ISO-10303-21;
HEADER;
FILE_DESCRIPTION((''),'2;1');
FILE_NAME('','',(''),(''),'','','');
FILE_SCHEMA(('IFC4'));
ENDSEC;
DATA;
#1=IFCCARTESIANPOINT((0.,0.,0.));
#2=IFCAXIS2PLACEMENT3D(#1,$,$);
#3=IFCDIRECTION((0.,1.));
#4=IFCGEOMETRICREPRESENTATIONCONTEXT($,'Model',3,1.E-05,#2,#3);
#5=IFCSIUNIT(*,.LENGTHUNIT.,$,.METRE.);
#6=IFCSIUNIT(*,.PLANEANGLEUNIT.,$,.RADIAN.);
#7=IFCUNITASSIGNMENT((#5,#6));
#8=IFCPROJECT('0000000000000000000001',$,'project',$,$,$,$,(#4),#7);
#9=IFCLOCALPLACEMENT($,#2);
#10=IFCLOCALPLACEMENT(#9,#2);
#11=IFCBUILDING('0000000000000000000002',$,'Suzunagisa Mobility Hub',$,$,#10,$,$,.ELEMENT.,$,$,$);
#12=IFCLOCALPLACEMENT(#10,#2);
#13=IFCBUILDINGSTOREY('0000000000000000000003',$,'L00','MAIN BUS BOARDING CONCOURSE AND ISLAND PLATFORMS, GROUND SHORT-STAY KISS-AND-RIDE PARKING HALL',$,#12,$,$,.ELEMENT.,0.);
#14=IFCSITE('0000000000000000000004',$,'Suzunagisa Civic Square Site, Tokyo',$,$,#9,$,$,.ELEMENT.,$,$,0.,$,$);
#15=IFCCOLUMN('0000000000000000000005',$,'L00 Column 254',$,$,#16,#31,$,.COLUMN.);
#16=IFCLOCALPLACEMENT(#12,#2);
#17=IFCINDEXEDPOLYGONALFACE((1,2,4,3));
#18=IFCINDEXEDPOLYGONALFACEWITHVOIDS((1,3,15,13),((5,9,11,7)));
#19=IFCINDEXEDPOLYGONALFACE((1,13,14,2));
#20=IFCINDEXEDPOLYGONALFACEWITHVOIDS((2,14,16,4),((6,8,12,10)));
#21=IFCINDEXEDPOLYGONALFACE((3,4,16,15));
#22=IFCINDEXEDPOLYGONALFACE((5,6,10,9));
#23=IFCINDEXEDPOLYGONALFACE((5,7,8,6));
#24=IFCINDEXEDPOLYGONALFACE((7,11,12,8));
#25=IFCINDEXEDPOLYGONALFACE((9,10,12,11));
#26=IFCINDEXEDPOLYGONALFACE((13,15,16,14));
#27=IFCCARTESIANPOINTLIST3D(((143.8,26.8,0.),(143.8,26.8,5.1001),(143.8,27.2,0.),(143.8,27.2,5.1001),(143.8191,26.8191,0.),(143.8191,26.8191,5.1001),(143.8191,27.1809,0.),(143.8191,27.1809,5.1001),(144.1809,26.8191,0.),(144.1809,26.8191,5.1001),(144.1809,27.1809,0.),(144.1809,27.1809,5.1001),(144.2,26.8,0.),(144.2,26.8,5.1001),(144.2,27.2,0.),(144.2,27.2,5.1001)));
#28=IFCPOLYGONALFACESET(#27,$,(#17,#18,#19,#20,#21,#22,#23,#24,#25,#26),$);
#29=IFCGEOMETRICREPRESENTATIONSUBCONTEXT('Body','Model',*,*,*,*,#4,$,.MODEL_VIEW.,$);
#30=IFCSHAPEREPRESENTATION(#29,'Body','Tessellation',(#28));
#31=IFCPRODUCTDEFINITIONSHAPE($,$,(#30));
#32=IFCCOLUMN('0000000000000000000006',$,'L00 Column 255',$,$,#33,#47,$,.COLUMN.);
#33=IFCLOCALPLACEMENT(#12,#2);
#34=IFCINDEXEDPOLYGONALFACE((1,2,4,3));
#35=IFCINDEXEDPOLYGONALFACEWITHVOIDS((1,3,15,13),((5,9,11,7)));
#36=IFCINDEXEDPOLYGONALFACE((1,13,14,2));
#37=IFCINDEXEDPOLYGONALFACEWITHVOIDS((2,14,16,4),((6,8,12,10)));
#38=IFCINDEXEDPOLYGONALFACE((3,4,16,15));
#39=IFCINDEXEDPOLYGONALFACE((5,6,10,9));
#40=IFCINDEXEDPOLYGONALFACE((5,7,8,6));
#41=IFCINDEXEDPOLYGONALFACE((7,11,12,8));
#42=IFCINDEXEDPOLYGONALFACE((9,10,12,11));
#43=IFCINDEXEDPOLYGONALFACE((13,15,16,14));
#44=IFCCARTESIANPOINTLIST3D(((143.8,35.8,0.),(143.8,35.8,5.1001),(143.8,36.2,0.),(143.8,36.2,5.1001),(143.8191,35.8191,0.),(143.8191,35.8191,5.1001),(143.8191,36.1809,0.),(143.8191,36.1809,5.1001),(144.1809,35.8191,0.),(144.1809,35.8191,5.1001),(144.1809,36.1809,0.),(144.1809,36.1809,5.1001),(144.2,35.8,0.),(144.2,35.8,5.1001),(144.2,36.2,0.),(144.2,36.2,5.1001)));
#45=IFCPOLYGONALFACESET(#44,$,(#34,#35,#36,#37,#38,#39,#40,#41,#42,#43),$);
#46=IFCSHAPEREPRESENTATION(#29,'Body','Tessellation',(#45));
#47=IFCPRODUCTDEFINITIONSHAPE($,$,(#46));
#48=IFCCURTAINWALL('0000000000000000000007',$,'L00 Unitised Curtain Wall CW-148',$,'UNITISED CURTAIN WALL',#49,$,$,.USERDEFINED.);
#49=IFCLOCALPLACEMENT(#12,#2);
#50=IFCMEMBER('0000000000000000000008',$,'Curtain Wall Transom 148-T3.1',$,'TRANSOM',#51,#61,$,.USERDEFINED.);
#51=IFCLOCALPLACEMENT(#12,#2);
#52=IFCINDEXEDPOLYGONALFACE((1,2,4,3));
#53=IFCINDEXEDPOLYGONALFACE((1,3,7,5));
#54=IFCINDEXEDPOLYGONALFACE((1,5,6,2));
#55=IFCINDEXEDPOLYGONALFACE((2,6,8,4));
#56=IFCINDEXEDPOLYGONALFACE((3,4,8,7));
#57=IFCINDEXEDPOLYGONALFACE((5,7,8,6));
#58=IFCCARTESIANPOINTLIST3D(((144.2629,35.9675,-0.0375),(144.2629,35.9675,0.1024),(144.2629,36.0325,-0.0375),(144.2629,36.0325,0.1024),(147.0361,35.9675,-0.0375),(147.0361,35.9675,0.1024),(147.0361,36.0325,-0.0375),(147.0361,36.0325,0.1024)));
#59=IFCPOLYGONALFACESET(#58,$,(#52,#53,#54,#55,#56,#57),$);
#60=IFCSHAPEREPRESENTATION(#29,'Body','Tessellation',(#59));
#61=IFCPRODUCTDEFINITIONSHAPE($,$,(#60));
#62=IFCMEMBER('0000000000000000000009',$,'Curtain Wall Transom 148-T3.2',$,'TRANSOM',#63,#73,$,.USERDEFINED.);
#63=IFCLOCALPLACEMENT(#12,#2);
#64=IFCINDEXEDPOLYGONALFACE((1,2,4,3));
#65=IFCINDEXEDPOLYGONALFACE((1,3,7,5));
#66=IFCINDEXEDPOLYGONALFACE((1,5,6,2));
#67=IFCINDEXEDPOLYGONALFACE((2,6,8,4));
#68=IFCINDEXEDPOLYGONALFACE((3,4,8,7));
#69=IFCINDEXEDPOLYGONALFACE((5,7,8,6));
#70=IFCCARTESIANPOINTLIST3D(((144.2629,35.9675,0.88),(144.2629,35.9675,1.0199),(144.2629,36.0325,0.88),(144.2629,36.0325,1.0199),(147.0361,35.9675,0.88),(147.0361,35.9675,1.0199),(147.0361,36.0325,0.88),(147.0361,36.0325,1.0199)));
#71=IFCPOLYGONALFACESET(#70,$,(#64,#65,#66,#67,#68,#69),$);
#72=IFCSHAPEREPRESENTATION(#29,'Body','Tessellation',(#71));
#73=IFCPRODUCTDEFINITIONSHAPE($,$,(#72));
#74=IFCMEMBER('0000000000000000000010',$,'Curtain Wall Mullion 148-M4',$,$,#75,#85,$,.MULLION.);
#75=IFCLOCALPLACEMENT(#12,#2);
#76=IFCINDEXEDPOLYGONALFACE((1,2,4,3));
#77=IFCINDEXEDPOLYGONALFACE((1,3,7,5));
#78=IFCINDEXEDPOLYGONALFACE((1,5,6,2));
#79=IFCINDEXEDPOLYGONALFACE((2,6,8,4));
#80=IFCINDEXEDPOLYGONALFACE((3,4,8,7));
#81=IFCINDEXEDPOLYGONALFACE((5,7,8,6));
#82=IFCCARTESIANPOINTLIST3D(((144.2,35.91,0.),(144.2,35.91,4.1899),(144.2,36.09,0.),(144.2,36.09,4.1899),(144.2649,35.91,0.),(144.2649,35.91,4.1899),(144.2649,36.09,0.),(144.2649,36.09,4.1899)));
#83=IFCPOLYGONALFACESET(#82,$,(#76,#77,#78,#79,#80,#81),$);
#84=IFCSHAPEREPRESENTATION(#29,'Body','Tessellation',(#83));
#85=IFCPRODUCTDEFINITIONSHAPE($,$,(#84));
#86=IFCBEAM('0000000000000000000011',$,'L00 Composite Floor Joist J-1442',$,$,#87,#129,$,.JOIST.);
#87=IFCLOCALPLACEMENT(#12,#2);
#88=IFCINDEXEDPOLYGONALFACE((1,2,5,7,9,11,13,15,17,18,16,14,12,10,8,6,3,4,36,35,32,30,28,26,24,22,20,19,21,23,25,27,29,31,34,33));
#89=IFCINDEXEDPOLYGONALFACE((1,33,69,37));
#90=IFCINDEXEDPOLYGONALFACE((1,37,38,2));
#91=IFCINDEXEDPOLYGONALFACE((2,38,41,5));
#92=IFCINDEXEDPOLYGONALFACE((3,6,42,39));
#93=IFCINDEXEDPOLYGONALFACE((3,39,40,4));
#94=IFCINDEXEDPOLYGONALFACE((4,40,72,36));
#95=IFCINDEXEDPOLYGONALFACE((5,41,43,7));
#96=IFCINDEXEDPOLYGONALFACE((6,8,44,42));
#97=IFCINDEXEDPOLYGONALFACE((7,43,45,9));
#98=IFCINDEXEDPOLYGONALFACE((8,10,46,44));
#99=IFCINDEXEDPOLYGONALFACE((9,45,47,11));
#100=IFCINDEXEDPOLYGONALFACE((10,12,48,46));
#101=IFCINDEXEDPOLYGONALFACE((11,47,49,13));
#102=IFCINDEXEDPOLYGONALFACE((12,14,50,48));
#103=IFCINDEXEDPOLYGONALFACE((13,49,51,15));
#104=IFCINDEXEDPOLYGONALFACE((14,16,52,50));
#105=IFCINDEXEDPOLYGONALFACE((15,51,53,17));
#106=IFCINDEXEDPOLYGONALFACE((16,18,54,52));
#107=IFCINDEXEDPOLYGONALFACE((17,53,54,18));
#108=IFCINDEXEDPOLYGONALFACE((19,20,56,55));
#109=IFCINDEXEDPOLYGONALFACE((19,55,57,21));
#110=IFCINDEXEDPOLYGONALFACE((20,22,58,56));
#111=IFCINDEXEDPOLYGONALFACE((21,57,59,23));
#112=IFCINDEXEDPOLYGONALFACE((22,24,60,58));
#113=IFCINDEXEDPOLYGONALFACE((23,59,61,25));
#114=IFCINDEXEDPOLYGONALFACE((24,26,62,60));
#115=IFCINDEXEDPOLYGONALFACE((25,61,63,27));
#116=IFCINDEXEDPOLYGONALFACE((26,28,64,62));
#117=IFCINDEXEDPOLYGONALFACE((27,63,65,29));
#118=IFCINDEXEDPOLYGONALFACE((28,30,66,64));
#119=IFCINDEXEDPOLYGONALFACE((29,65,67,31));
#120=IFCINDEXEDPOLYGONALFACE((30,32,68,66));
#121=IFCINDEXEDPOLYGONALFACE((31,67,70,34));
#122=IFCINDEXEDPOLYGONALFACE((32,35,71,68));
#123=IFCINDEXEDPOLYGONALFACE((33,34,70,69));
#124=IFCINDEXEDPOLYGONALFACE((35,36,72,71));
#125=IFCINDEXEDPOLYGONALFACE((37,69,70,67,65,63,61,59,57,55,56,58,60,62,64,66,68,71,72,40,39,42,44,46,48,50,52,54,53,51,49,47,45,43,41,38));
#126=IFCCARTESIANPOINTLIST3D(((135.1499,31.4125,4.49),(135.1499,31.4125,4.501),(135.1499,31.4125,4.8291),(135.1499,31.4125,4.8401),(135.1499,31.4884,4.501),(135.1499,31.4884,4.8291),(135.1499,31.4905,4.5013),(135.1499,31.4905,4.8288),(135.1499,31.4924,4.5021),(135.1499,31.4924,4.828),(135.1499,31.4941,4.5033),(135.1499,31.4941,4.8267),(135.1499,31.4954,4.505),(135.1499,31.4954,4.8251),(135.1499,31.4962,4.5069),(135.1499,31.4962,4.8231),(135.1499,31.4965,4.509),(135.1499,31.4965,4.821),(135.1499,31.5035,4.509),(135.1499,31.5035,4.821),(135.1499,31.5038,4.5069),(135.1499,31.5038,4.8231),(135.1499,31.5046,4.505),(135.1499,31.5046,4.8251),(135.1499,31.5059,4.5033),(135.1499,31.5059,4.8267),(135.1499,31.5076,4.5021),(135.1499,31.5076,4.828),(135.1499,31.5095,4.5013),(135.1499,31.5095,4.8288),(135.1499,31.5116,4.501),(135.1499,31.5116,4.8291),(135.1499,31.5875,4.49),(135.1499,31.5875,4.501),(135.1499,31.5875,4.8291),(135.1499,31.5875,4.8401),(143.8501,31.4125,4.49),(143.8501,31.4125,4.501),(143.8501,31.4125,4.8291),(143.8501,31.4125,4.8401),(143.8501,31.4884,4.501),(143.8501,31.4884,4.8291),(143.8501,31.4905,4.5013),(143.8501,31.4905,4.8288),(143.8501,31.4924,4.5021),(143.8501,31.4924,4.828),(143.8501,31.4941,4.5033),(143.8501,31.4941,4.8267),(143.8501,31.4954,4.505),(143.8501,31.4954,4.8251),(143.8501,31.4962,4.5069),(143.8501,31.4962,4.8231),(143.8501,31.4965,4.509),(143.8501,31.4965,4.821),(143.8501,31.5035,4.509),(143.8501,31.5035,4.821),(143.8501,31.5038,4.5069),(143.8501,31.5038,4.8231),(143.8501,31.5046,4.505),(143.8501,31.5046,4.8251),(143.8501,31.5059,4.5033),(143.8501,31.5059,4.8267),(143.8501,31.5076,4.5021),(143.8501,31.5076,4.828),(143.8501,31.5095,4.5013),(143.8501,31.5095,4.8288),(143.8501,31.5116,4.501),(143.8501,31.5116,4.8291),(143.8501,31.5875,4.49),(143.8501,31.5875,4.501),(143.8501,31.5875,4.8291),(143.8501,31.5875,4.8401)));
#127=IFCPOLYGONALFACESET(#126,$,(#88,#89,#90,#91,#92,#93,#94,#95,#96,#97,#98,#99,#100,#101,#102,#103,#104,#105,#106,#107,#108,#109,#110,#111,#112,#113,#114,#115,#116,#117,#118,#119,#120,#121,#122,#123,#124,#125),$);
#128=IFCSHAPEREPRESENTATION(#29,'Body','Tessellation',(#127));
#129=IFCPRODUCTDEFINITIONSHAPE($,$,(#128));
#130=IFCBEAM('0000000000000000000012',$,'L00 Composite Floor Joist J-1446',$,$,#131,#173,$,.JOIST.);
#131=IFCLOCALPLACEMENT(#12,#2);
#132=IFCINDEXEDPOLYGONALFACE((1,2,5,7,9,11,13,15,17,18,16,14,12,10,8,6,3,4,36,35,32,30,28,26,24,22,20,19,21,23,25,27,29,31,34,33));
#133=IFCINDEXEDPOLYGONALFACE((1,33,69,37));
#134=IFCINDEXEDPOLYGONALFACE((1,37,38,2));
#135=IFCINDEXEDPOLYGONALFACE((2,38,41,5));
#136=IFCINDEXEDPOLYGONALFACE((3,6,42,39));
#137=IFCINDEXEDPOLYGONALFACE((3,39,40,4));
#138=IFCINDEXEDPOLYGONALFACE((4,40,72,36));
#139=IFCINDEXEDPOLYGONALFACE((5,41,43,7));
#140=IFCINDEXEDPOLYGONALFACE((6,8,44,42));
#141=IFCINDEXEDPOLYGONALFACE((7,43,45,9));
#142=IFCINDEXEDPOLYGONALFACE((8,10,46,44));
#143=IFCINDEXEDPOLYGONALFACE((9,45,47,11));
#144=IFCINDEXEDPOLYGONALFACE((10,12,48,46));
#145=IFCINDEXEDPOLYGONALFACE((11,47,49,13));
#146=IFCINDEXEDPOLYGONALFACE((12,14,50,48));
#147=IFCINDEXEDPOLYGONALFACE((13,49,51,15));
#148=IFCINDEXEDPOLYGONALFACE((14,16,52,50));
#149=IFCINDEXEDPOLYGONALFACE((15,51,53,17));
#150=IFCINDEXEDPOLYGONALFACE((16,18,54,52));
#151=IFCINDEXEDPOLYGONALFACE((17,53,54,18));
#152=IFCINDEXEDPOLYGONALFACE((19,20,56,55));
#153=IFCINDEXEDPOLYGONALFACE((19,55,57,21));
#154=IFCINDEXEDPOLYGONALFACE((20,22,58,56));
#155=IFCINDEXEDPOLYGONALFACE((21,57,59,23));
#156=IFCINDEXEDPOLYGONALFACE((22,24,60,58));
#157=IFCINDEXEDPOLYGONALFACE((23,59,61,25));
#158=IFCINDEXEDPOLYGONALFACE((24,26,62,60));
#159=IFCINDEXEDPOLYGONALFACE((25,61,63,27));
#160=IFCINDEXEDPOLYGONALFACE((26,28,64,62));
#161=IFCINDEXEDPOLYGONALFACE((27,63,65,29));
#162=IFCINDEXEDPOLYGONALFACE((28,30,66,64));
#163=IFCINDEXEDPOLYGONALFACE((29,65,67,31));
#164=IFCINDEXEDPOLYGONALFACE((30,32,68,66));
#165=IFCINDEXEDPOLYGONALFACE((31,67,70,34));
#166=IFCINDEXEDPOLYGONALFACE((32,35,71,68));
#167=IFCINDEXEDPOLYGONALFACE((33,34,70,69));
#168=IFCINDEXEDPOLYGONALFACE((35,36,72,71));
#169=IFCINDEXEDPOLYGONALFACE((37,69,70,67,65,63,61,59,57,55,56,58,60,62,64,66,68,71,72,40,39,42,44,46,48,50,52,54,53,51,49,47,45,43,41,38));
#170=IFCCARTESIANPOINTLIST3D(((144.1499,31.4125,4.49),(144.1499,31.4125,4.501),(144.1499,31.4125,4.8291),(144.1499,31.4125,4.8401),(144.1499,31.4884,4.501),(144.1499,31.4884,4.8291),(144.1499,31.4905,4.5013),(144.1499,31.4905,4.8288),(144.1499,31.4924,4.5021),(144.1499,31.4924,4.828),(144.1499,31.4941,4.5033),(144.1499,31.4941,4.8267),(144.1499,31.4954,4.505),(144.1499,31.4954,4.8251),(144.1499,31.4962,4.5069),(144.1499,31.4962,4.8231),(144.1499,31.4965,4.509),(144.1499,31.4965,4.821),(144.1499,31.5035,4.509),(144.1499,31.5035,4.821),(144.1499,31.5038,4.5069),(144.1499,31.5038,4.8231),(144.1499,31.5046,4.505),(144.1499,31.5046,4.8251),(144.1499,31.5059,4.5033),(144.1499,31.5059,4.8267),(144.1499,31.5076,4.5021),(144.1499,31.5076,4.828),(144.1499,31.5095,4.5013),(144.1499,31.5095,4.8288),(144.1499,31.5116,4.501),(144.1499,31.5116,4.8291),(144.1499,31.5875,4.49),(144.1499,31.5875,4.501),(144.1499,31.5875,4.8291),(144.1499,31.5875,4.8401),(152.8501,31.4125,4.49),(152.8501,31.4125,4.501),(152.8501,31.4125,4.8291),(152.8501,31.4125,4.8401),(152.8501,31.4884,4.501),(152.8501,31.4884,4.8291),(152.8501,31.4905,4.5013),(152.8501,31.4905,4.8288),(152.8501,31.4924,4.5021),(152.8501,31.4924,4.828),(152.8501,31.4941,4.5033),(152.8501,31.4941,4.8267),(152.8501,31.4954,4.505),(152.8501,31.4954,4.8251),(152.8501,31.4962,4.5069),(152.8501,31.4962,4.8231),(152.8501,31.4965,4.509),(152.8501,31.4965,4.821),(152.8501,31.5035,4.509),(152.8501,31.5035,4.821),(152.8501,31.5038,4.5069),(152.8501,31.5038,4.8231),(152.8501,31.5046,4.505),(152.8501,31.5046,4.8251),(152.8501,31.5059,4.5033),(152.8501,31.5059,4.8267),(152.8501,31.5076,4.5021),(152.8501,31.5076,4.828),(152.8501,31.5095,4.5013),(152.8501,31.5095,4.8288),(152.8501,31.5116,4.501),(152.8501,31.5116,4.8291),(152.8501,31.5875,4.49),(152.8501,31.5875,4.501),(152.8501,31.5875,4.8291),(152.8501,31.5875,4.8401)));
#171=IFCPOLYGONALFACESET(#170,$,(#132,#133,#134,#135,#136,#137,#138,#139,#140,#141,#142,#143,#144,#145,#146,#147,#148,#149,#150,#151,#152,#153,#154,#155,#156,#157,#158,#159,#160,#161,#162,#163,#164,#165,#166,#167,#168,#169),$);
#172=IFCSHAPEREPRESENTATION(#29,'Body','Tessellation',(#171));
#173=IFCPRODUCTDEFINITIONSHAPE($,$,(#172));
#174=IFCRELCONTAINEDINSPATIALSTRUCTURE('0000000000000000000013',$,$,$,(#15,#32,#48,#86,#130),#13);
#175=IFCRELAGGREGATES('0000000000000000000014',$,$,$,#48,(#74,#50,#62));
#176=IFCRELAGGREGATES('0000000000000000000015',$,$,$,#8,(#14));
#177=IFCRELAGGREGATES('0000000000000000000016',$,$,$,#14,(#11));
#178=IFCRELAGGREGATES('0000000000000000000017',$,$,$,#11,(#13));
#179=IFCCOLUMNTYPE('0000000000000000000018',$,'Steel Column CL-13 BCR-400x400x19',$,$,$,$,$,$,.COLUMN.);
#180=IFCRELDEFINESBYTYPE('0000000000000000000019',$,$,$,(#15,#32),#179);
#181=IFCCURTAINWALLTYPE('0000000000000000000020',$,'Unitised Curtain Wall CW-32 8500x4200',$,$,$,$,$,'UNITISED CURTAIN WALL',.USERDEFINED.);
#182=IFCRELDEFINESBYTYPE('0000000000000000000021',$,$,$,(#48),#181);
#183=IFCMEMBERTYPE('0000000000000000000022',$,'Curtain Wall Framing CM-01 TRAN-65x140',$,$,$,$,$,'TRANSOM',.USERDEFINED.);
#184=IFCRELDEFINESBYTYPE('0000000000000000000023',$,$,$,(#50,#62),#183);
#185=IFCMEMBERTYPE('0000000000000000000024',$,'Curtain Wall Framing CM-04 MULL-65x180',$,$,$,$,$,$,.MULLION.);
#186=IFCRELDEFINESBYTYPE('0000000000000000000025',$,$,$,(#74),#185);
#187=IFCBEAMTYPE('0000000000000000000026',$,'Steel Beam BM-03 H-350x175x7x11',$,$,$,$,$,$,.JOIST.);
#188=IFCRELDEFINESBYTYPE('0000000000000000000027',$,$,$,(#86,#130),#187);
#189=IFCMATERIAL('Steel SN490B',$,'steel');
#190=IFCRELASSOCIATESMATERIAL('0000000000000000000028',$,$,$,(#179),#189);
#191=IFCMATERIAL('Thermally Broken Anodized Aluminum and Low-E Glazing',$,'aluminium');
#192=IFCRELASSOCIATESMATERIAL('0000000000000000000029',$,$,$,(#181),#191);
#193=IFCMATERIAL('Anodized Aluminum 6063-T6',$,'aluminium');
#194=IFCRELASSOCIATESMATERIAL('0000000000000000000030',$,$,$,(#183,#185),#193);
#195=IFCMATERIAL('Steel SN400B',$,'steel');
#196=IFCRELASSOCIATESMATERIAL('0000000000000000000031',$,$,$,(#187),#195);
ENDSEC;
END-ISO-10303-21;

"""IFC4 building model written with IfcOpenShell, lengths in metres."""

from ifc_helpers import new_model, si_unit, direction, frame, origin, origin_2d, place, context, subcontext, project, spatial, rectangle, hollow_rectangle, i_section, extrude, material, material_profile, profile_set, type_object, element, aggregate, save


model = new_model("IFC4")

# Units and contexts
model_context = context("Model", 3, precision=1e-05, world=origin(), true_north=direction((0.0, 1.0)))
body_context = subcontext(model_context, "Body", "Model", "MODEL_VIEW")
ifc_project = project(units=[si_unit("LENGTHUNIT", "METRE"), si_unit("PLANEANGLEUNIT", "RADIAN")], contexts=[model_context])

# Site, building, storey
site_placement = place(None, origin())
site = spatial("IfcSite", under=ifc_project, at=site_placement, Name="Suzunagisa Civic Square Site, Tokyo", CompositionType="ELEMENT", RefElevation=0.0)
building_placement = place(site_placement, origin())
building = spatial("IfcBuilding", under=site, at=building_placement, Name="Suzunagisa Mobility Hub", CompositionType="ELEMENT")
storey_placement = place(building_placement, origin())
storey = spatial("IfcBuildingStorey", under=building, at=storey_placement, Name="L00", Description="MAIN BUS BOARDING CONCOURSE AND ISLAND PLATFORMS, GROUND SHORT-STAY KISS-AND-RIDE PARKING HALL", CompositionType="ELEMENT", Elevation=0.0)

# Columns
ifc_material_1 = material(Name="Steel SN490B", Category="steel")
ifc_material_profile_1 = material_profile(ifc_material_1, hollow_rectangle(XDim=0.3999, YDim=0.3999, WallThickness=0.019, at=origin_2d()), Name="BCR-400x400x19")
ifc_profile_set_1 = profile_set([ifc_material_profile_1], Name="Steel SN490B")
column_type = type_object("IfcColumnType", Name="Steel Column CL-13 BCR-400x400x19", PredefinedType="COLUMN", material=ifc_profile_set_1)
for number, where, z_axis, x_axis, name in (
    (1, (144.0, 27.0, 0.0), (0.0, 0.0, 1.0), (1.0, 0.0, 0.0), "L00 Column 254"),
    (2, (144.0, 36.0, 0.0), (0.0, 0.0, 1.0), (1.0, 0.0, 0.0), "L00 Column 255"),
):
    element("IfcColumn", number, at=place(storey_placement, frame(where, z_axis=z_axis, x_axis=x_axis)), inside=storey, type_object=column_type, Name=name, PredefinedType="COLUMN", context=body_context, shape_type="SweptSolid", body=[
        extrude(hollow_rectangle(XDim=0.3999, YDim=0.3999, WallThickness=0.019, at=origin_2d()), origin(), (0.0, 0.0, 1.0), 5.1001),
    ])

# Curtain wall, members
ifc_material_2 = material(Name="Thermally Broken Anodized Aluminum and Low-E Glazing", Category="aluminium")
curtain_wall_type = type_object("IfcCurtainWallType", Name="Unitised Curtain Wall CW-32 8500x4200", ElementType="UNITISED CURTAIN WALL", PredefinedType="USERDEFINED", material=ifc_material_2)
curtain_wall_placement = place(storey_placement, origin())
curtain_wall = element("IfcCurtainWall", 3, at=curtain_wall_placement, inside=storey, type_object=curtain_wall_type, Name="L00 Unitised Curtain Wall CW-148", ObjectType="UNITISED CURTAIN WALL", PredefinedType="USERDEFINED")
ifc_material_3 = material(Name="Anodized Aluminum 6063-T6", Category="aluminium")
ifc_material_profile_2 = material_profile(ifc_material_3, rectangle(XDim=0.0649, YDim=0.1399, at=origin_2d()), Name="TRAN-65x140")
ifc_profile_set_2 = profile_set([ifc_material_profile_2], Name="Anodized Aluminum 6063-T6")
member_type_1 = type_object("IfcMemberType", Name="Curtain Wall Framing CM-01 TRAN-65x140", ElementType="TRANSOM", PredefinedType="USERDEFINED", material=ifc_profile_set_2)
member_1_placement = place(storey_placement, frame((147.0361, 36.0, 0.0325), z_axis=(-1.0, 0.0, 0.0), x_axis=(0.0, -1.0, 0.0)))
member_1 = element("IfcMember", 4, at=member_1_placement, type_object=member_type_1, Name="Curtain Wall Transom 148-T3.1", ObjectType="TRANSOM", PredefinedType="USERDEFINED", context=body_context, shape_type="SweptSolid", body=[
    extrude(rectangle(XDim=0.0649, YDim=0.1399, at=origin_2d()), origin(), (0.0, 0.0, 1.0), 2.7732),
])
member_2_placement = place(storey_placement, frame((147.0361, 36.0, 0.95), z_axis=(-1.0, 0.0, 0.0), x_axis=(0.0, -1.0, 0.0)))
member_2 = element("IfcMember", 5, at=member_2_placement, type_object=member_type_1, Name="Curtain Wall Transom 148-T3.2", ObjectType="TRANSOM", PredefinedType="USERDEFINED", context=body_context, shape_type="SweptSolid", body=[
    extrude(rectangle(XDim=0.0649, YDim=0.1399, at=origin_2d()), origin(), (0.0, 0.0, 1.0), 2.7732),
])
ifc_material_profile_3 = material_profile(ifc_material_3, rectangle(XDim=0.0649, YDim=0.1799, at=origin_2d()), Name="MULL-65x180")
ifc_profile_set_3 = profile_set([ifc_material_profile_3], Name="Anodized Aluminum 6063-T6")
member_type_2 = type_object("IfcMemberType", Name="Curtain Wall Framing CM-04 MULL-65x180", PredefinedType="MULLION", material=ifc_profile_set_3)
member_3_placement = place(storey_placement, frame((144.2324, 36.0, 0.0), z_axis=(0.0, 0.0, 1.0), x_axis=(-1.0, 0.0, 0.0)))
member_3 = element("IfcMember", 6, at=member_3_placement, type_object=member_type_2, Name="Curtain Wall Mullion 148-M4", PredefinedType="MULLION", context=body_context, shape_type="SweptSolid", body=[
    extrude(rectangle(XDim=0.0649, YDim=0.1799, at=origin_2d()), origin(), (0.0, 0.0, 1.0), 4.1899),
])

# Beams
ifc_material_4 = material(Name="Steel SN400B", Category="steel")
ifc_material_profile_4 = material_profile(ifc_material_4, i_section(OverallWidth=0.175, OverallDepth=0.3501, WebThickness=0.0071, FlangeThickness=0.011, FilletRadius=0.0081, at=origin_2d()), Name="H-350x175x7x11")
ifc_profile_set_4 = profile_set([ifc_material_profile_4], Name="Steel SN400B")
beam_type_1 = type_object("IfcBeamType", Name="Steel Beam BM-03 H-350x175x7x11", PredefinedType="JOIST", material=ifc_profile_set_4)
for number, where, z_axis, x_axis, name in (
    (7, (135.1499, 31.5, 4.665), (1.0, 0.0, 0.0), (0.0, 1.0, 0.0), "L00 Composite Floor Joist J-1442"),
    (8, (144.1499, 31.5, 4.665), (1.0, 0.0, 0.0), (0.0, 1.0, 0.0), "L00 Composite Floor Joist J-1446"),
):
    element("IfcBeam", number, at=place(storey_placement, frame(where, z_axis=z_axis, x_axis=x_axis)), inside=storey, type_object=beam_type_1, Name=name, PredefinedType="JOIST", context=body_context, shape_type="SweptSolid", body=[
        extrude(i_section(OverallWidth=0.175, OverallDepth=0.3501, WebThickness=0.0071, FlangeThickness=0.011, FilletRadius=0.0081, at=origin_2d()), origin(), (0.0, 0.0, 1.0), 8.7002),
    ])

aggregate(curtain_wall, [member_3, member_1, member_2])

save(model, "model.ifc")
